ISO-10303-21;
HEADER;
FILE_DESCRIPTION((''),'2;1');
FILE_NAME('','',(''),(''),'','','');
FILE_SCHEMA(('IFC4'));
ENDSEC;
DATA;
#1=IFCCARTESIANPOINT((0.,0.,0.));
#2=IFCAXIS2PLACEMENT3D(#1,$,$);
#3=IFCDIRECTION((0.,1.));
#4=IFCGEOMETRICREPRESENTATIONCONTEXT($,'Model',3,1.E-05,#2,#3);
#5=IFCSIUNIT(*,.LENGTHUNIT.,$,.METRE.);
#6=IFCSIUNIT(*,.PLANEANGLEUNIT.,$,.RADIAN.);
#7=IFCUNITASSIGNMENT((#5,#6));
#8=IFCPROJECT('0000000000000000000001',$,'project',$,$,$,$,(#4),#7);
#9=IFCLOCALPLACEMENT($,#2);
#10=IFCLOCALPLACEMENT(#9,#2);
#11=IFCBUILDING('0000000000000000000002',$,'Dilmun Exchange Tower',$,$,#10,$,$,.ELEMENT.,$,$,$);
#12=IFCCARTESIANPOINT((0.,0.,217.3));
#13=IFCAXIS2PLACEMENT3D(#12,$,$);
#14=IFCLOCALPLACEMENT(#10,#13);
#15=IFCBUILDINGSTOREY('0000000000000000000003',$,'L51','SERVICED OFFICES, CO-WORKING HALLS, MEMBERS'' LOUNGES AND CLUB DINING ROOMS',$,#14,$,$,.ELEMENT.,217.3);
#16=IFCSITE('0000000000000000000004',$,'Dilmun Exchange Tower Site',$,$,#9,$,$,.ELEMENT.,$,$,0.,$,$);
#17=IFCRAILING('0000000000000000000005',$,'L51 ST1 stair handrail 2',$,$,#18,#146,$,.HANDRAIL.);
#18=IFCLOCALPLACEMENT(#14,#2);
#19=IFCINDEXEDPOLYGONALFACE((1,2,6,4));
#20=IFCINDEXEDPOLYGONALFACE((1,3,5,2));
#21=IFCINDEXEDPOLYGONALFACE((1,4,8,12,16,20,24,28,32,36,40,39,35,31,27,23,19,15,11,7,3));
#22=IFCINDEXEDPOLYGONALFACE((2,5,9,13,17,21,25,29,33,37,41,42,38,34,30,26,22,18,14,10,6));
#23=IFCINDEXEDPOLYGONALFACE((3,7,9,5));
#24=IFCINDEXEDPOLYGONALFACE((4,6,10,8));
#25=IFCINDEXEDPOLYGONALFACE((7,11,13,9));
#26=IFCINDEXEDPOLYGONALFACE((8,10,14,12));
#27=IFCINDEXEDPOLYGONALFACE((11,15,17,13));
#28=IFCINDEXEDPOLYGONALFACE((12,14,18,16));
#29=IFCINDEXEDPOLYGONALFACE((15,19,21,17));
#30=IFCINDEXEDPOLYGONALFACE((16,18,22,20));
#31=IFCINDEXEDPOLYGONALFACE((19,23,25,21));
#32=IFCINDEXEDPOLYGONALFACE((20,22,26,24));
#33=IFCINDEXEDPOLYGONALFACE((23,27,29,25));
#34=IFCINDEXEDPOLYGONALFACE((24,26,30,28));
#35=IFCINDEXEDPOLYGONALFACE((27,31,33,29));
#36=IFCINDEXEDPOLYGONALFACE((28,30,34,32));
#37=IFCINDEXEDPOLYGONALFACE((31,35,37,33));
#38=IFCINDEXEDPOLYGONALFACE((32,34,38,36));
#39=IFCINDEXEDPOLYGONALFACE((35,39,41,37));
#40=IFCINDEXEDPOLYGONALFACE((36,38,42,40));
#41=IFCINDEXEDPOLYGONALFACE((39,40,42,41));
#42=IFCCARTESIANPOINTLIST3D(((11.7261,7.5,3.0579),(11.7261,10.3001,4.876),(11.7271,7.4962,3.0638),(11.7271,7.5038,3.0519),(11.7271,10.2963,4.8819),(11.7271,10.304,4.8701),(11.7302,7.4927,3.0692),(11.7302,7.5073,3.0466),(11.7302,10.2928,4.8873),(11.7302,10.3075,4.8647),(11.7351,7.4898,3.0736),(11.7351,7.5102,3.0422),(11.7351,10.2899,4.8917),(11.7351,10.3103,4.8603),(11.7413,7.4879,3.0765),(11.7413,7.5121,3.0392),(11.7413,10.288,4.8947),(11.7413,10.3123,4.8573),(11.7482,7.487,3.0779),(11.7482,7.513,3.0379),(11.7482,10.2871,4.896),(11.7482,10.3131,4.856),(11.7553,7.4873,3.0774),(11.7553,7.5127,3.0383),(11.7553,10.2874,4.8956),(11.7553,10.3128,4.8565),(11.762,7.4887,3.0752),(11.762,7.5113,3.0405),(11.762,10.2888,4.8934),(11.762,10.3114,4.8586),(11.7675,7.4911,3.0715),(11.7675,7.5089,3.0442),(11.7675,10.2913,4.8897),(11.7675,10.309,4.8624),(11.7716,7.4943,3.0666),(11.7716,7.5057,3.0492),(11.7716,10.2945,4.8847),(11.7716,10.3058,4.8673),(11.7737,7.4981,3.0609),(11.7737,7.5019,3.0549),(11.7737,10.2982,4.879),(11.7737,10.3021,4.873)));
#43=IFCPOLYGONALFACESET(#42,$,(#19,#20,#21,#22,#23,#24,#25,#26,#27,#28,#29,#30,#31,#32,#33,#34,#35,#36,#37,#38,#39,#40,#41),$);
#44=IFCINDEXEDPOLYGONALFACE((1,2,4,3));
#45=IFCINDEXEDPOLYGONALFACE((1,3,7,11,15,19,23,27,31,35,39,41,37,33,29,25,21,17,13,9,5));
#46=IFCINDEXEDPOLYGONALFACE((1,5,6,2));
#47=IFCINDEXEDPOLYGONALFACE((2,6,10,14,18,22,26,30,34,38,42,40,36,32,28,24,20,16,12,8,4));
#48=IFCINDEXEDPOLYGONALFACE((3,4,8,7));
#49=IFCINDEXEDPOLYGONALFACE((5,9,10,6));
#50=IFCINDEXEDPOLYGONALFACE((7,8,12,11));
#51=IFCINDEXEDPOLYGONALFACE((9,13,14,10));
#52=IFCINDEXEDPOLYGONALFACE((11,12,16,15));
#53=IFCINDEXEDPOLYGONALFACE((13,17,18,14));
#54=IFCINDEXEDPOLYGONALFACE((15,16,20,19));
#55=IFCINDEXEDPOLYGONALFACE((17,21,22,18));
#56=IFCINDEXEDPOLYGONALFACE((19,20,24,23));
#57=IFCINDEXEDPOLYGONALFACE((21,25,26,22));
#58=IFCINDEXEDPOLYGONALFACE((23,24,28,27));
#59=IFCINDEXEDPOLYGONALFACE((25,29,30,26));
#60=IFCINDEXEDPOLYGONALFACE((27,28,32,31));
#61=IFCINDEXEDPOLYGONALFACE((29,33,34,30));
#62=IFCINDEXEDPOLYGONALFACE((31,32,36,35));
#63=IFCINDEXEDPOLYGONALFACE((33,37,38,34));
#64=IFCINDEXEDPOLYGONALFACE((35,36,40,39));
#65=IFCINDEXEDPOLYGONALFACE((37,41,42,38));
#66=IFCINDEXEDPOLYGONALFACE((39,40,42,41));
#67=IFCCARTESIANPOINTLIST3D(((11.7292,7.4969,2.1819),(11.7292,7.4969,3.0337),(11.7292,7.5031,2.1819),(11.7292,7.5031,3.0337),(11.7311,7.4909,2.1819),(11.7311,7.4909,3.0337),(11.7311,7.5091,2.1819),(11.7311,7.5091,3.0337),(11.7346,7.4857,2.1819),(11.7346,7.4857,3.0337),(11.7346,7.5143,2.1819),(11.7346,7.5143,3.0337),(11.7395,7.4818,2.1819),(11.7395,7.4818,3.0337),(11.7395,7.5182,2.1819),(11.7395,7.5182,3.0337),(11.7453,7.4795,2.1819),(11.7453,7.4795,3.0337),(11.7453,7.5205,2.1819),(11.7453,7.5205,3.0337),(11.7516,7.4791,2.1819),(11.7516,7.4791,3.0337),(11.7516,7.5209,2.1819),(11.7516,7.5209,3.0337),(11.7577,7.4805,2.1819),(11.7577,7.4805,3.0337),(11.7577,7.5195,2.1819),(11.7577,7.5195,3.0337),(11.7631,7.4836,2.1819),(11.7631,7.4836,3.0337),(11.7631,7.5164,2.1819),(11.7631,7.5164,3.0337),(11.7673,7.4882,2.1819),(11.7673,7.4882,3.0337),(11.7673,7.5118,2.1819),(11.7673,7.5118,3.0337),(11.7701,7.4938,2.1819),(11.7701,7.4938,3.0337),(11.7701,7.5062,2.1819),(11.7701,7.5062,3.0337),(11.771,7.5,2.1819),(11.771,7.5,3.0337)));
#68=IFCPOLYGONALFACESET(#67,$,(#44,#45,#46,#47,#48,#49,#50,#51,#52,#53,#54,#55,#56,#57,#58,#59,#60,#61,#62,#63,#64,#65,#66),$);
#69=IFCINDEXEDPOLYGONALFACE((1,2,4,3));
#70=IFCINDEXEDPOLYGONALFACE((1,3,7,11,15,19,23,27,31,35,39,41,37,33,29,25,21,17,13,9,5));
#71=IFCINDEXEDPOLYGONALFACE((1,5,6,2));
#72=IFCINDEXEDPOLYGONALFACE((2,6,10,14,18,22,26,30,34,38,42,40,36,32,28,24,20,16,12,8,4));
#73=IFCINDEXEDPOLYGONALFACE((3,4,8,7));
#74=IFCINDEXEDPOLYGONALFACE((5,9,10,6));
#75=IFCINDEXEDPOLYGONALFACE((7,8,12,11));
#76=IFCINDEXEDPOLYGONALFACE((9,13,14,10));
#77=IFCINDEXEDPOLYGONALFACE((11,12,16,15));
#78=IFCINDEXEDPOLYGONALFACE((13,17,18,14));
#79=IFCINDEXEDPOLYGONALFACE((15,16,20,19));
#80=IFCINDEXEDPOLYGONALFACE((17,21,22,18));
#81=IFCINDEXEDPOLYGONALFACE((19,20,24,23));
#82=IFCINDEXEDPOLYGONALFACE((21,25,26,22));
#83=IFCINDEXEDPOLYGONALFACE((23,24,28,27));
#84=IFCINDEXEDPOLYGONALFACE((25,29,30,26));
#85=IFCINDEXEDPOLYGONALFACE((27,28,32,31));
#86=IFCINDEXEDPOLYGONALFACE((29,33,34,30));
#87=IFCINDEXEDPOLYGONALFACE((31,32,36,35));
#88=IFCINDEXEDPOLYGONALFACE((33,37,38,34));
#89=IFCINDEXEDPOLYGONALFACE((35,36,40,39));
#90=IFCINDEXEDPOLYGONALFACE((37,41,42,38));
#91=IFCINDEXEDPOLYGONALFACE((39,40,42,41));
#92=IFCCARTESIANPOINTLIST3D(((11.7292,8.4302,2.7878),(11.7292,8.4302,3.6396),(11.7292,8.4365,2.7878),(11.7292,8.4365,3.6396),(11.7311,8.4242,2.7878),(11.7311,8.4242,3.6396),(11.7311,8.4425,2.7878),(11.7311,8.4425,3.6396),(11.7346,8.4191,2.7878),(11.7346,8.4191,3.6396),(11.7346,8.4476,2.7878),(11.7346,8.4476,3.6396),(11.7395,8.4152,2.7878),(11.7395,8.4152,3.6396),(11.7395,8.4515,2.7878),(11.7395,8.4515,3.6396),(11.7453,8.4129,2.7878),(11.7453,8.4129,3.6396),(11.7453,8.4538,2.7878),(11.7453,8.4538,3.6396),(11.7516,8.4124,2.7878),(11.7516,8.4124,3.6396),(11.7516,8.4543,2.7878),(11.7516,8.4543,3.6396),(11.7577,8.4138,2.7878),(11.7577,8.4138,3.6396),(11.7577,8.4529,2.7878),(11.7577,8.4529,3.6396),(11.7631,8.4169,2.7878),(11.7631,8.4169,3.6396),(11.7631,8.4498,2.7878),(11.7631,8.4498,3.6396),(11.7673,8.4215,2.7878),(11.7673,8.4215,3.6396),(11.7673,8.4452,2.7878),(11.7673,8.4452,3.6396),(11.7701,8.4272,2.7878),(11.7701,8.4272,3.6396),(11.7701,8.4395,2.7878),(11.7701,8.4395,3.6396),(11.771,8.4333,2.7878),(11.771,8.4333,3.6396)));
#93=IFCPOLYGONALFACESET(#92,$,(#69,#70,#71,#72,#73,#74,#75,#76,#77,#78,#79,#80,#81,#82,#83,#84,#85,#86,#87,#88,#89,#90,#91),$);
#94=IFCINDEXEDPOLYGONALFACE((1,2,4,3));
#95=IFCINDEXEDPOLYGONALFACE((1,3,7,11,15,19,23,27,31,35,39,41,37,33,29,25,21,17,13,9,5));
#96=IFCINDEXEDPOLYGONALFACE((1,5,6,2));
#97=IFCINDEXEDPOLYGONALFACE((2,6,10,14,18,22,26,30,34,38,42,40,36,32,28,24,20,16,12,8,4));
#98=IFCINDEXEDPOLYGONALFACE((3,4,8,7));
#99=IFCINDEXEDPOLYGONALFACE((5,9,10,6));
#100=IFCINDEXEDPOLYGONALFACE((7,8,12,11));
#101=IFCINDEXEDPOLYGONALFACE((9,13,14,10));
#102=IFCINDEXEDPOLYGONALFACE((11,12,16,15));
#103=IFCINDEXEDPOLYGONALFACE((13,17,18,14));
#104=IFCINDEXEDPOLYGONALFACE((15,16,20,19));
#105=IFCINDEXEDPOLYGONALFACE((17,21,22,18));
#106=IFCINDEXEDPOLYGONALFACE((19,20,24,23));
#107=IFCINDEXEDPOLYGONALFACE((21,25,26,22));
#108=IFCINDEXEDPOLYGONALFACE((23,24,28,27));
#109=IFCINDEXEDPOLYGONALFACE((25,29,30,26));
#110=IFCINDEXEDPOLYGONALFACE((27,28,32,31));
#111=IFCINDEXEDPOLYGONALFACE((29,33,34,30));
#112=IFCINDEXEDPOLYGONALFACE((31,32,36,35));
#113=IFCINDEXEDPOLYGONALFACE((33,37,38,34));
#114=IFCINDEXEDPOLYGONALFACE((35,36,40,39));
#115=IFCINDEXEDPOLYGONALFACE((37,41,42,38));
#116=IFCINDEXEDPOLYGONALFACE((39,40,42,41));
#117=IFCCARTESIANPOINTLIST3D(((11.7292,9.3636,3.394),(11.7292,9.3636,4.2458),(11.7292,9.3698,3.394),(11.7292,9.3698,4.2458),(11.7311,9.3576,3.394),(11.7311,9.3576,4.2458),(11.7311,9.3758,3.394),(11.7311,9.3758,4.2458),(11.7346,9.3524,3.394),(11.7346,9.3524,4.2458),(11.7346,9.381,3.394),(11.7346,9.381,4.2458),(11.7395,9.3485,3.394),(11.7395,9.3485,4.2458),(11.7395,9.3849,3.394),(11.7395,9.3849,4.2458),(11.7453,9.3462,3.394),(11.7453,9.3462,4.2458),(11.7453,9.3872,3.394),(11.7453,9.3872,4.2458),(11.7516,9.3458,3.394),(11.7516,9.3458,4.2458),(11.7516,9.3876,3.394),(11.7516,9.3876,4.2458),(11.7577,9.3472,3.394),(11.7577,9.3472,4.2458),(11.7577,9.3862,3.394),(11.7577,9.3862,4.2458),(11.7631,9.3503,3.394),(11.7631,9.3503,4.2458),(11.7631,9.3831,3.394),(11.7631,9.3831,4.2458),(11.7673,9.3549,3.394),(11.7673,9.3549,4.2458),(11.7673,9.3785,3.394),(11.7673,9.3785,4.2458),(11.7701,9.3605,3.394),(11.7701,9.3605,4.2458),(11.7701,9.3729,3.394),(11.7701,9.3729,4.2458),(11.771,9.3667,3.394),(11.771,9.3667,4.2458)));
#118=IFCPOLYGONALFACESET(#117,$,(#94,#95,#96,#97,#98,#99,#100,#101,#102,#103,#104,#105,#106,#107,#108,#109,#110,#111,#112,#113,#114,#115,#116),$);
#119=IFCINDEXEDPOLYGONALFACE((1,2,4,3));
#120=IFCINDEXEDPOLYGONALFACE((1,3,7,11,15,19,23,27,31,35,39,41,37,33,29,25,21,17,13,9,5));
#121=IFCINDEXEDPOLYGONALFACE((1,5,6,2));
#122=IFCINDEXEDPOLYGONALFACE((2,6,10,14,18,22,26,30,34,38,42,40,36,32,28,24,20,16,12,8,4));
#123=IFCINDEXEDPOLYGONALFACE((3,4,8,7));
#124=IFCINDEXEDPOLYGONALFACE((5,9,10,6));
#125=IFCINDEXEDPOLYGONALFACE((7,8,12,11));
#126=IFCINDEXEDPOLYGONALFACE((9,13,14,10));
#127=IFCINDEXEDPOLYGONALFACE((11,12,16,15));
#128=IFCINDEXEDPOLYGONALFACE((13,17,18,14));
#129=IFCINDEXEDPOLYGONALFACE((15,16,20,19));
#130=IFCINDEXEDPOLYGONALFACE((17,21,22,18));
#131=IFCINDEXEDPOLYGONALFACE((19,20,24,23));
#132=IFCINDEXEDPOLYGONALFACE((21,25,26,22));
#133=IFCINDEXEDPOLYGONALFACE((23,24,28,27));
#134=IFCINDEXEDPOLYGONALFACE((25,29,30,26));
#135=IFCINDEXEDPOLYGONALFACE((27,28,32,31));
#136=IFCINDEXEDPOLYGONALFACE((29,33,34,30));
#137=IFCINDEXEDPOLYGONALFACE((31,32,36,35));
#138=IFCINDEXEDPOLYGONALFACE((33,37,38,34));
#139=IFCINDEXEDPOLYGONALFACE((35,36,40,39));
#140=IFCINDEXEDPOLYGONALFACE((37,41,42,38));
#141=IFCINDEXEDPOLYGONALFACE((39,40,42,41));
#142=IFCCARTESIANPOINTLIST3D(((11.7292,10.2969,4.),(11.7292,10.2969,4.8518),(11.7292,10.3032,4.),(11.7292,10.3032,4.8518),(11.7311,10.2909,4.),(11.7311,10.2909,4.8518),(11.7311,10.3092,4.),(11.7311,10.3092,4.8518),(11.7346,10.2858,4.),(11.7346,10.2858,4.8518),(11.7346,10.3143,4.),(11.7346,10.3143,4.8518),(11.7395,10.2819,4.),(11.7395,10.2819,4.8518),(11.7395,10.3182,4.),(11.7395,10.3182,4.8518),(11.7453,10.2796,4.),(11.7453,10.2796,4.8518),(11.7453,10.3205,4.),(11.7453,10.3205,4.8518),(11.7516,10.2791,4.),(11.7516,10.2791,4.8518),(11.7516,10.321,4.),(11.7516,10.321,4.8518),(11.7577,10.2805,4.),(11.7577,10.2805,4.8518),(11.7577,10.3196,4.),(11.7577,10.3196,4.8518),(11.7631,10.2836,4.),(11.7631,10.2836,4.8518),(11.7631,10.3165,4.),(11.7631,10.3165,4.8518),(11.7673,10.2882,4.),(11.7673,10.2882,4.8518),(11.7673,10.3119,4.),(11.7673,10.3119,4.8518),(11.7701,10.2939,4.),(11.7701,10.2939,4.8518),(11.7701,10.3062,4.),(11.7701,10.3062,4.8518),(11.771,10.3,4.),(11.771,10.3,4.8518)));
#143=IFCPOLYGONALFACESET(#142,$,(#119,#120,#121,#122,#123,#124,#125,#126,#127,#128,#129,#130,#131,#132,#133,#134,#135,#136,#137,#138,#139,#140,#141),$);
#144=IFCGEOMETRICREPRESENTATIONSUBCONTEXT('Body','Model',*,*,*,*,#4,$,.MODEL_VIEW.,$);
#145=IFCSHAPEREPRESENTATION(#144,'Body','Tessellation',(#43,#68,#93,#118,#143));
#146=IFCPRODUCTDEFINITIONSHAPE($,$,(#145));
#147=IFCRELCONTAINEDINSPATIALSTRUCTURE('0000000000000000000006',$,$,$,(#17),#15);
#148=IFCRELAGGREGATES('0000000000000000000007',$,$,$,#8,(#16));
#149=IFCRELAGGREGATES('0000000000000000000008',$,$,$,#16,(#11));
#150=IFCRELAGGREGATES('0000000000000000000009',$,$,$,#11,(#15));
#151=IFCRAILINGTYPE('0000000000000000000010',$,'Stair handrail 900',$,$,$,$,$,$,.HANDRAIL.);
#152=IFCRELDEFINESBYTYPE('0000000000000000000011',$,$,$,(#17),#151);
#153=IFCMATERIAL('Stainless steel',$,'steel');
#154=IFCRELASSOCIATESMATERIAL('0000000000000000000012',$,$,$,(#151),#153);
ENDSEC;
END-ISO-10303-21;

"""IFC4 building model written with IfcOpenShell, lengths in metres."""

from ifc_helpers import new_model, si_unit, direction, frame, origin, origin_2d, place, context, subcontext, project, spatial, circle, extrude, material, type_object, element, save


model = new_model("IFC4")

# Units and contexts
model_context = context("Model", 3, precision=1e-05, world=origin(), true_north=direction((0.0, 1.0)))
body_context = subcontext(model_context, "Body", "Model", "MODEL_VIEW")
ifc_project = project(units=[si_unit("LENGTHUNIT", "METRE"), si_unit("PLANEANGLEUNIT", "RADIAN")], contexts=[model_context])

# Site, building, storey
site_placement = place(None, origin())
site = spatial("IfcSite", under=ifc_project, at=site_placement, Name="Dilmun Exchange Tower Site", CompositionType="ELEMENT", RefElevation=0.0)
building_placement = place(site_placement, origin())
building = spatial("IfcBuilding", under=site, at=building_placement, Name="Dilmun Exchange Tower", CompositionType="ELEMENT")
storey_placement = place(building_placement, frame((0.0, 0.0, 217.3)))
storey = spatial("IfcBuildingStorey", under=building, at=storey_placement, Name="L51", Description="SERVICED OFFICES, CO-WORKING HALLS, MEMBERS' LOUNGES AND CLUB DINING ROOMS", CompositionType="ELEMENT", Elevation=217.3)

# Railing
ifc_material_1 = material(Name="Stainless steel", Category="steel")
railing_type = type_object("IfcRailingType", Name="Stair handrail 900", PredefinedType="HANDRAIL", material=ifc_material_1)
railing_1_placement = place(storey_placement, frame((11.75, 7.5, 2.1819)))
element("IfcRailing", 1, at=railing_1_placement, inside=storey, type_object=railing_type, Name="L51 ST1 stair handrail 2", PredefinedType="HANDRAIL", context=body_context, shape_type="SweptSolid", body=[
    extrude(circle(Radius=0.0239, at=origin_2d()), frame((0.0, 0.0, 0.876), z_axis=(0.0, 0.838706, 0.544585), x_axis=(-1.0, 0.0, 0.0)), (0.0, 0.0, 1.0), 3.3386),
    extrude(circle(Radius=0.021, at=origin_2d()), origin(), (0.0, 0.0, 1.0), 0.8518),
    extrude(circle(Radius=0.021, at=origin_2d()), frame((0.0, 0.9333, 0.606)), (0.0, 0.0, 1.0), 0.8518),
    extrude(circle(Radius=0.021, at=origin_2d()), frame((0.0, 1.8667, 1.2122)), (0.0, 0.0, 1.0), 0.8518),
    extrude(circle(Radius=0.021, at=origin_2d()), frame((0.0, 2.8, 1.8181)), (0.0, 0.0, 1.0), 0.8518),
])

save(model, "model.ifc")
